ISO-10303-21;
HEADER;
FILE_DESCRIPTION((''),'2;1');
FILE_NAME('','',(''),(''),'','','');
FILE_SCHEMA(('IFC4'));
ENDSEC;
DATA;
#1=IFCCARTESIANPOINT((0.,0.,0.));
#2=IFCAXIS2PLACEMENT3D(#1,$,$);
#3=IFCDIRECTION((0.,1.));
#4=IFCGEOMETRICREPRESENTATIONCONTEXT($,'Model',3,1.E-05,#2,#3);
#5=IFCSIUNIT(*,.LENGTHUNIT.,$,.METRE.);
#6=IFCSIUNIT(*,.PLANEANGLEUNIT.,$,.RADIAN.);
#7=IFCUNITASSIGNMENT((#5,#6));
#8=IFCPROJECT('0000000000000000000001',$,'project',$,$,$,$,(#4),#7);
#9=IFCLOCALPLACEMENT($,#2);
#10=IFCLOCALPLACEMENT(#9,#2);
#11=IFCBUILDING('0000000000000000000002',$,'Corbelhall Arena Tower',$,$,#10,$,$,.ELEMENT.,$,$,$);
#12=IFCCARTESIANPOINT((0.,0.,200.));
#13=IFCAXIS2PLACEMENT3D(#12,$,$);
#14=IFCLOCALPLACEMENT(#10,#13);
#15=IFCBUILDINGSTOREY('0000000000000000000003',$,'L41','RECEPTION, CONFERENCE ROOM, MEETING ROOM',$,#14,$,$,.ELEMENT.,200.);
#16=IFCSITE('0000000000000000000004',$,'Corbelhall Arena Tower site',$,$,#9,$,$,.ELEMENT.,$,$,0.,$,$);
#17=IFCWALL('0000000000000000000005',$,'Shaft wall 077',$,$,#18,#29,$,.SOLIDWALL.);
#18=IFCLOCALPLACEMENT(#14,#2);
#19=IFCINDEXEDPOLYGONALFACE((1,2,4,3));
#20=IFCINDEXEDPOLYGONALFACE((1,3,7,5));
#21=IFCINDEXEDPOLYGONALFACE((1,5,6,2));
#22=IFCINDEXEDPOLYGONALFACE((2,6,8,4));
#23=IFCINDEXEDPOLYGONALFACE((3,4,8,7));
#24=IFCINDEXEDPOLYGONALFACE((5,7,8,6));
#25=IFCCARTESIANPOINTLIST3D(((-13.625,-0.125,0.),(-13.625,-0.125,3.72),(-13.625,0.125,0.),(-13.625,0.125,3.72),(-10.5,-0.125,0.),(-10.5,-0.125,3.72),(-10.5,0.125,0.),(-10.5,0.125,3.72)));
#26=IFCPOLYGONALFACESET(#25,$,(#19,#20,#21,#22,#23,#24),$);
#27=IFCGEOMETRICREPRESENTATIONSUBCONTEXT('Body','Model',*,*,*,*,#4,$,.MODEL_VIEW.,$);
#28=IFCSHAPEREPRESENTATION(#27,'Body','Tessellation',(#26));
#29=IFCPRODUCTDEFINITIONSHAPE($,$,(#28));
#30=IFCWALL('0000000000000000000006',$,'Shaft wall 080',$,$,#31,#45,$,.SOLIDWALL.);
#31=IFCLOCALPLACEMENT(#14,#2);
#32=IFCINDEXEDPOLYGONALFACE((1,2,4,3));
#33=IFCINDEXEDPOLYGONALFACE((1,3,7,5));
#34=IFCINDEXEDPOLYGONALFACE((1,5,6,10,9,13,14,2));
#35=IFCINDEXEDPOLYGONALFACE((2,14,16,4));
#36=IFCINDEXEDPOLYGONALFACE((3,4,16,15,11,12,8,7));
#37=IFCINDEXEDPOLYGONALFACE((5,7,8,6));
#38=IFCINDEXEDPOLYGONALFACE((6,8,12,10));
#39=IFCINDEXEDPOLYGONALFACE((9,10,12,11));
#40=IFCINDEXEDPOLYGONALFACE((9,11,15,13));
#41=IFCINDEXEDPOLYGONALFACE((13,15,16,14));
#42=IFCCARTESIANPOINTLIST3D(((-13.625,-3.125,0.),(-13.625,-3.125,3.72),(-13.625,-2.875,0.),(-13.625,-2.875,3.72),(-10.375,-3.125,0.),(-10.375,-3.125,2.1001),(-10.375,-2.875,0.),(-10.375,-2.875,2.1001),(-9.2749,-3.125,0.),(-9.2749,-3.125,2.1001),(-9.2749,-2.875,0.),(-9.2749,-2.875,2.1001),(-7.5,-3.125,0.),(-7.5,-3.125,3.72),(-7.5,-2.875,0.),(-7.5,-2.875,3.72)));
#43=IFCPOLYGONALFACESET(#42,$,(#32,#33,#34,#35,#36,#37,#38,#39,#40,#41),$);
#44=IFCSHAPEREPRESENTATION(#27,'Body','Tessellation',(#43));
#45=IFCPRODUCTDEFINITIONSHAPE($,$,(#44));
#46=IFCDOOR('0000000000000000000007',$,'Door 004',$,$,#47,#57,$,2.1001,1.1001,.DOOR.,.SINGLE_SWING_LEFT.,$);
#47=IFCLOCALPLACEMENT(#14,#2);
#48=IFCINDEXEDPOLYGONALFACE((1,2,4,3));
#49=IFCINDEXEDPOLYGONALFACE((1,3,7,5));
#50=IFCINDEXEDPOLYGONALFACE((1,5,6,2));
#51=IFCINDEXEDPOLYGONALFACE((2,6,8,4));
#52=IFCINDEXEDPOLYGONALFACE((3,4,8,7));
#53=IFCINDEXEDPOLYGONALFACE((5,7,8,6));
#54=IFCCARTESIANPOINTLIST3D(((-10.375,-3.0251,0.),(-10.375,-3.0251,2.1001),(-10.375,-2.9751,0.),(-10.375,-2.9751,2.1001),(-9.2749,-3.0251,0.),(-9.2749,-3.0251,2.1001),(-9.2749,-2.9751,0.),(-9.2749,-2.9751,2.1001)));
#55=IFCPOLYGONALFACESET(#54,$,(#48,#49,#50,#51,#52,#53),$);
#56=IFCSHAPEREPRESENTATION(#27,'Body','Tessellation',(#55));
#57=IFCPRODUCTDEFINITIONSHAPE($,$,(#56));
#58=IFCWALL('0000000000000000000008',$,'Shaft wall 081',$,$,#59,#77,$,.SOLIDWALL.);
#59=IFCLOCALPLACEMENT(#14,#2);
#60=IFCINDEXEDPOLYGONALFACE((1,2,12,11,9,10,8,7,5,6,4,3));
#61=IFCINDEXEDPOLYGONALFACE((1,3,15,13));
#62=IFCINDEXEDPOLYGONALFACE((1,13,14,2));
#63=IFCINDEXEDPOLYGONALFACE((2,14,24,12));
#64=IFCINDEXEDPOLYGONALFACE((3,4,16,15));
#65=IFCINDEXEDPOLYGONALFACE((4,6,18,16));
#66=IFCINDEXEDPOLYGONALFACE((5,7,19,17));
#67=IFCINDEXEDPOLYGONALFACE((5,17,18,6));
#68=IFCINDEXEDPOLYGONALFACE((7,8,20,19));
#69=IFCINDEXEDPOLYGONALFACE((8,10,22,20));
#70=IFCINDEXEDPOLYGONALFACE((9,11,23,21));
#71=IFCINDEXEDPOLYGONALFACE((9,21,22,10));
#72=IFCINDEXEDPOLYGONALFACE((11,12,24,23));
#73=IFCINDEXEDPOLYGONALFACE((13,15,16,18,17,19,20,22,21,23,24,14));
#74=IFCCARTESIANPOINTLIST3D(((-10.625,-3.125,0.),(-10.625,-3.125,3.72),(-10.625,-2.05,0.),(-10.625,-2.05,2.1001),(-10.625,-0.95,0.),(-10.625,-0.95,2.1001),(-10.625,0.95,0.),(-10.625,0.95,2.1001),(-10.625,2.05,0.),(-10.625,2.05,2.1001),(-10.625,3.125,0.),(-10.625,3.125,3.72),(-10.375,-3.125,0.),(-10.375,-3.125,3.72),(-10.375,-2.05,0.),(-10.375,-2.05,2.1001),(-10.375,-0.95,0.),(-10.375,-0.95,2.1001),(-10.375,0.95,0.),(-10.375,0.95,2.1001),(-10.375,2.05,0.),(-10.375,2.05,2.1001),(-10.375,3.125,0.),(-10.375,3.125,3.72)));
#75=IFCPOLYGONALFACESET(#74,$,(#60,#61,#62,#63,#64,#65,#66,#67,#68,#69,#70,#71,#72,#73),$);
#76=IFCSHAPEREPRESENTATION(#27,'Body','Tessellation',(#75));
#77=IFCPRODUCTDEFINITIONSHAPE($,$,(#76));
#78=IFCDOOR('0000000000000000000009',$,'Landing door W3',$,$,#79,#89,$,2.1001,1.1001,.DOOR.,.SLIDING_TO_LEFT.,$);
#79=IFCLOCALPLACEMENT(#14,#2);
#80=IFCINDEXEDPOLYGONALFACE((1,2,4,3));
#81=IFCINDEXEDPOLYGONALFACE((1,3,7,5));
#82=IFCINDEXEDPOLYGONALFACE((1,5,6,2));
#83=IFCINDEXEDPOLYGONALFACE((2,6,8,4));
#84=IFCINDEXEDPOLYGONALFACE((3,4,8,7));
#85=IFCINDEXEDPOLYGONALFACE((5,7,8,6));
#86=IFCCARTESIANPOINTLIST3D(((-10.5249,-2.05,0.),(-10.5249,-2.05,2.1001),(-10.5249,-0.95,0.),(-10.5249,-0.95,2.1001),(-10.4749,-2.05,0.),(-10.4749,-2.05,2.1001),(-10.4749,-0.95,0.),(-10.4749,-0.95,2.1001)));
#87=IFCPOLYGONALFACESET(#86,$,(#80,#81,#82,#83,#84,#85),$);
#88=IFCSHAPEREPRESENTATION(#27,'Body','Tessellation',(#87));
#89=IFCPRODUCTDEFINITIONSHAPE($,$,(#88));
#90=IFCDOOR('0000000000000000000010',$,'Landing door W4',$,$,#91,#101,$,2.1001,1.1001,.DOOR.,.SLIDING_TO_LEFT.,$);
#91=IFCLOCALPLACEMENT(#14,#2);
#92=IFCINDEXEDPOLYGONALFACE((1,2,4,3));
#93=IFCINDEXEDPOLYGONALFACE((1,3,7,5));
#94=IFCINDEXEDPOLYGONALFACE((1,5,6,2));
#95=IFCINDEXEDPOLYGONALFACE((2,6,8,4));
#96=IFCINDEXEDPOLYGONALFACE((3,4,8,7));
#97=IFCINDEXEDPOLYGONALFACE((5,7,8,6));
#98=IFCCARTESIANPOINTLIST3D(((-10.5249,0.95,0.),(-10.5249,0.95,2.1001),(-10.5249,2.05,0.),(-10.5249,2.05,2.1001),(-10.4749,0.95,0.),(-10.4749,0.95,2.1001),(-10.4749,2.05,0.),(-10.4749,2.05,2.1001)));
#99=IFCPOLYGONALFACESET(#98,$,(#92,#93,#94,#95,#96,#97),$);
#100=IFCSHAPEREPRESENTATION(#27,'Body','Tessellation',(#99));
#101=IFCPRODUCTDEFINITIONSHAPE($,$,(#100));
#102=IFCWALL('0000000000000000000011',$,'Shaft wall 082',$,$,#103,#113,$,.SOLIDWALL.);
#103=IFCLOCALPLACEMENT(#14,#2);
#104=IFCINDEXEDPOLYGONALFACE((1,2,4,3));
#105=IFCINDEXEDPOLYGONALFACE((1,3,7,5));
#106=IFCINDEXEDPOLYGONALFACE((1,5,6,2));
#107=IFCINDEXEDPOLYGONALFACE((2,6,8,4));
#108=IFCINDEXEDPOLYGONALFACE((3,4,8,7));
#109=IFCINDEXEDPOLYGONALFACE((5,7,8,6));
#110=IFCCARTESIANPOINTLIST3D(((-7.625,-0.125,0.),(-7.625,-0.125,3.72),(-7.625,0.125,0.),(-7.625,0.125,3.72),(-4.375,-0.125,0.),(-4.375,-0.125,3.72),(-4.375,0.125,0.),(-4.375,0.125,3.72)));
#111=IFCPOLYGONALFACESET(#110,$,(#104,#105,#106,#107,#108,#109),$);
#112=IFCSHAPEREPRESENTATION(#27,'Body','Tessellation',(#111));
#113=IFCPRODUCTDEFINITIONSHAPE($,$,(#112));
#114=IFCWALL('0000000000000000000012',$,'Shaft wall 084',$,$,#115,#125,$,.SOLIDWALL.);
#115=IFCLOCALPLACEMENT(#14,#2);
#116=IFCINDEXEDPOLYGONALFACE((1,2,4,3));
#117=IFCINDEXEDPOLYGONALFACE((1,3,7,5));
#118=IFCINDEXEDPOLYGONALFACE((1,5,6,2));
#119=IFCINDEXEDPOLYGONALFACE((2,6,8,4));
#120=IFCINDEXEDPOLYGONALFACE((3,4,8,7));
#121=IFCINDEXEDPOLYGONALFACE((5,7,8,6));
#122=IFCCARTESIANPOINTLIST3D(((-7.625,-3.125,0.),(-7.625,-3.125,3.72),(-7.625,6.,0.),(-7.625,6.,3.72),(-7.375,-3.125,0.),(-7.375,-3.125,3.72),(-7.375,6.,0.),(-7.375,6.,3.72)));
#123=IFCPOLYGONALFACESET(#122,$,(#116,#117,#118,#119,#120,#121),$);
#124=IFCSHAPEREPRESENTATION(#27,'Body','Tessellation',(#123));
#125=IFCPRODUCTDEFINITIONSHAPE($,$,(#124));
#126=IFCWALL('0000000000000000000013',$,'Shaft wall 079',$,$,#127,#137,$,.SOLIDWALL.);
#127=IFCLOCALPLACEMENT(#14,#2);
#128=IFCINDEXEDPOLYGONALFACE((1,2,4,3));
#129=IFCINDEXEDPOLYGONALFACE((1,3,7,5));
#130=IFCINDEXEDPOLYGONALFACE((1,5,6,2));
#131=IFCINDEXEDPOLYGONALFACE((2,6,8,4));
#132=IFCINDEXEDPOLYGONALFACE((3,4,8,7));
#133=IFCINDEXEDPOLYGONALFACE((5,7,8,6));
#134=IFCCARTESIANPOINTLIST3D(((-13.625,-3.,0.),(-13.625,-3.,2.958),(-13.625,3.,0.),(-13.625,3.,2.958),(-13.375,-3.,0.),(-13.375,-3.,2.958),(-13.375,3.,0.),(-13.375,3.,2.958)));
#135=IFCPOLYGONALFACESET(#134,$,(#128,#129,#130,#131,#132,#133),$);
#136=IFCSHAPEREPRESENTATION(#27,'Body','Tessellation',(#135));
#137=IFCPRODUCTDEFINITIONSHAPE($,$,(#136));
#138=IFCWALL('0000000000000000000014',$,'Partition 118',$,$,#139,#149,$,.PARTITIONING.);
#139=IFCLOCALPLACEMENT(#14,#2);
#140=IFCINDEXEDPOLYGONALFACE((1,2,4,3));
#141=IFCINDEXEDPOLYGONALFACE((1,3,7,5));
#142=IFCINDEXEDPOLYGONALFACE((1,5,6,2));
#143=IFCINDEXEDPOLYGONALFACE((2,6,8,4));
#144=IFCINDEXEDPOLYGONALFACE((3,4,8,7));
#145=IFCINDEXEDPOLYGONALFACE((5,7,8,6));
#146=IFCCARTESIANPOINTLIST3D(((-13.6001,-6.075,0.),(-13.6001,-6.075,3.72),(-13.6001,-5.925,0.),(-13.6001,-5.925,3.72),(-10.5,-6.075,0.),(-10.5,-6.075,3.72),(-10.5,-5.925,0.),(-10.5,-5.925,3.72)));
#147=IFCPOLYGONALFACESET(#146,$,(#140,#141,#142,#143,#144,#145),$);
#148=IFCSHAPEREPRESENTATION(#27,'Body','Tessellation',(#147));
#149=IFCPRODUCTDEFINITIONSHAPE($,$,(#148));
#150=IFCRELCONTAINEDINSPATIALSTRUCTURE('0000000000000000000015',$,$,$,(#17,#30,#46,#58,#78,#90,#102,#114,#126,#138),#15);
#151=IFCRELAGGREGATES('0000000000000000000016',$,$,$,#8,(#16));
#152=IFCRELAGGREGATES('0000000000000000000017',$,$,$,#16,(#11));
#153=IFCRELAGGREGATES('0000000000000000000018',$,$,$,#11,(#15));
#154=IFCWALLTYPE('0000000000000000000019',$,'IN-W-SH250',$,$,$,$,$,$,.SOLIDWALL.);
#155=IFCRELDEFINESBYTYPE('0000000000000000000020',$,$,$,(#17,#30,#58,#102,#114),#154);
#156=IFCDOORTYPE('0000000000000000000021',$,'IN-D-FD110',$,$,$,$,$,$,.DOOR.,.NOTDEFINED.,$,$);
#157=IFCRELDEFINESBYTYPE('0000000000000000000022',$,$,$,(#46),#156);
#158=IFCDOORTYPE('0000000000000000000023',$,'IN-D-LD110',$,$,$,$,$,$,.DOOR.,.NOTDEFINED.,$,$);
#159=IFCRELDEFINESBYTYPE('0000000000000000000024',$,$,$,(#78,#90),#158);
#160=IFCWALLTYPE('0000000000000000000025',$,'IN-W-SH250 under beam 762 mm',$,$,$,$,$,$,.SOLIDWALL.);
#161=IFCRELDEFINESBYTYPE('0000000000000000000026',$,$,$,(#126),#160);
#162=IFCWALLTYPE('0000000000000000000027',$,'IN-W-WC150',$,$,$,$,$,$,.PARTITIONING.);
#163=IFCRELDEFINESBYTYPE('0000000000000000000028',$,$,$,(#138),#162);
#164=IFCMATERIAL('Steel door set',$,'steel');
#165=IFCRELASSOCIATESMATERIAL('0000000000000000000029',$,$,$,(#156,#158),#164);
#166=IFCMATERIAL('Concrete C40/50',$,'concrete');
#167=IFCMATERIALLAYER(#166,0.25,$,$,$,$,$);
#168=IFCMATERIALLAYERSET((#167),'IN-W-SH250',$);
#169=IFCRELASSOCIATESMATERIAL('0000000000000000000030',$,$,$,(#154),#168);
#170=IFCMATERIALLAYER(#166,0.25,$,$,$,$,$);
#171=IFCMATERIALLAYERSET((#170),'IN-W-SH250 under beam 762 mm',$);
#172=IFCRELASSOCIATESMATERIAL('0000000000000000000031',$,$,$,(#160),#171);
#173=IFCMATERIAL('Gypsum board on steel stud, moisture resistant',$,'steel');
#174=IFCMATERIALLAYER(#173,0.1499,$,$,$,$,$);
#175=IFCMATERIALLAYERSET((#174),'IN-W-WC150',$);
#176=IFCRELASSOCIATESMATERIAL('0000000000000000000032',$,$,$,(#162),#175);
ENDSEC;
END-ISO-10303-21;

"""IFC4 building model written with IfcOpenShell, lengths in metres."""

from ifc_helpers import new_model, si_unit, direction, frame, frame_2d, origin, place, context, subcontext, project, spatial, rectangle, extrude, material, layer, layer_set, type_object, element, fill, save


model = new_model("IFC4")

# Units and contexts
model_context = context("Model", 3, precision=1e-05, world=origin(), true_north=direction((0.0, 1.0)))
body_context = subcontext(model_context, "Body", "Model", "MODEL_VIEW")
ifc_project = project(units=[si_unit("LENGTHUNIT", "METRE"), si_unit("PLANEANGLEUNIT", "RADIAN")], contexts=[model_context])

# Site, building, storey
site_placement = place(None, origin())
site = spatial("IfcSite", under=ifc_project, at=site_placement, Name="Corbelhall Arena Tower site", CompositionType="ELEMENT", RefElevation=0.0)
building_placement = place(site_placement, origin())
building = spatial("IfcBuilding", under=site, at=building_placement, Name="Corbelhall Arena Tower", CompositionType="ELEMENT")
storey_placement = place(building_placement, frame((0.0, 0.0, 200.0)))
storey = spatial("IfcBuildingStorey", under=building, at=storey_placement, Name="L41", Description="RECEPTION, CONFERENCE ROOM, MEETING ROOM", CompositionType="ELEMENT", Elevation=200.0)

# Shared definitions
ifc_material_1 = material(Name="Steel door set", Category="steel")
door_type_1 = type_object("IfcDoorType", Name="IN-D-FD110", OperationType="NOTDEFINED", PredefinedType="DOOR", material=ifc_material_1)

# Wall
ifc_material_2 = material(Name="Concrete C40/50", Category="concrete")
ifc_layer_1 = layer(ifc_material_2, 0.25)
ifc_layer_set_1 = layer_set([ifc_layer_1], Name="IN-W-SH250")
wall_type_1 = type_object("IfcWallType", Name="IN-W-SH250", PredefinedType="SOLIDWALL", material=ifc_layer_set_1)
wall_1_placement = place(storey_placement, frame((-13.625, 0.0, 0.0), z_axis=(0.0, 0.0, 1.0), x_axis=(1.0, 0.0, 0.0)))
element("IfcWall", 1, at=wall_1_placement, inside=storey, type_object=wall_type_1, Name="Shaft wall 077", PredefinedType="SOLIDWALL", context=body_context, shape_type="SweptSolid", body=[
    extrude(rectangle(XDim=3.125, YDim=0.25, at=frame_2d((1.5625, 0.0))), origin(), (0.0, 0.0, 1.0), 3.72),
])

# Wall, opening, door
wall_2_placement = place(storey_placement, frame((-13.625, -3.0, 0.0), z_axis=(0.0, 0.0, 1.0), x_axis=(1.0, 0.0, 0.0)))
wall_2 = element("IfcWall", 2, at=wall_2_placement, inside=storey, type_object=wall_type_1, Name="Shaft wall 080", PredefinedType="SOLIDWALL", context=body_context, shape_type="SweptSolid", body=[
    extrude(rectangle(XDim=6.125, YDim=0.25, at=frame_2d((3.0625, 0.0))), origin(), (0.0, 0.0, 1.0), 3.72),
])
opening_1_placement = place(wall_2_placement, frame((3.25, 0.0, 0.0)))
opening_1 = element("IfcOpeningElement", 3, at=opening_1_placement, cuts=wall_2, PredefinedType="OPENING", context=body_context, shape_type="SweptSolid", body=[
    extrude(rectangle(XDim=1.1001, YDim=2.1001, at=frame_2d((0.55, 1.05))), frame((0.0, 0.125, 0.0), z_axis=(0.0, -1.0, 0.0), x_axis=(1.0, 0.0, 0.0)), (0.0, 0.0, 1.0), 0.25),
])
door_1_placement = place(opening_1_placement, origin())
door_1 = element("IfcDoor", 4, at=door_1_placement, inside=storey, type_object=door_type_1, Name="Door 004", OperationType="SINGLE_SWING_LEFT", OverallHeight=2.1001, OverallWidth=1.1001, PredefinedType="DOOR", context=body_context, shape_type="SweptSolid", body=[
    extrude(rectangle(XDim=1.1001, YDim=2.1001, at=frame_2d((0.55, 1.05))), frame((0.0, 0.0249, 0.0), z_axis=(0.0, -1.0, 0.0), x_axis=(1.0, 0.0, 0.0)), (0.0, 0.0, 1.0), 0.05),
])
fill(opening_1, door_1)

# Wall, openings, doors
wall_3_placement = place(storey_placement, frame((-10.5, -3.125, 0.0), z_axis=(0.0, 0.0, 1.0), x_axis=(0.0, 1.0, 0.0)))
wall_3 = element("IfcWall", 5, at=wall_3_placement, inside=storey, type_object=wall_type_1, Name="Shaft wall 081", PredefinedType="SOLIDWALL", context=body_context, shape_type="SweptSolid", body=[
    extrude(rectangle(XDim=6.25, YDim=0.25, at=frame_2d((3.125, 0.0))), origin(), (0.0, 0.0, 1.0), 3.72),
])
opening_2_placement = place(wall_3_placement, frame((1.075, 0.0, 0.0)))
opening_2 = element("IfcOpeningElement", 6, at=opening_2_placement, cuts=wall_3, PredefinedType="OPENING", context=body_context, shape_type="SweptSolid", body=[
    extrude(rectangle(XDim=1.1001, YDim=2.1001, at=frame_2d((0.55, 1.05))), frame((0.0, 0.125, 0.0), z_axis=(0.0, -1.0, 0.0), x_axis=(1.0, 0.0, 0.0)), (0.0, 0.0, 1.0), 0.25),
])
opening_3_placement = place(wall_3_placement, frame((4.075, 0.0, 0.0)))
opening_3 = element("IfcOpeningElement", 7, at=opening_3_placement, cuts=wall_3, PredefinedType="OPENING", context=body_context, shape_type="SweptSolid", body=[
    extrude(rectangle(XDim=1.1001, YDim=2.1001, at=frame_2d((0.55, 1.05))), frame((0.0, 0.125, 0.0), z_axis=(0.0, -1.0, 0.0), x_axis=(1.0, 0.0, 0.0)), (0.0, 0.0, 1.0), 0.25),
])
door_type_2 = type_object("IfcDoorType", Name="IN-D-LD110", OperationType="NOTDEFINED", PredefinedType="DOOR", material=ifc_material_1)
door_2_placement = place(opening_2_placement, origin())
door_2 = element("IfcDoor", 8, at=door_2_placement, inside=storey, type_object=door_type_2, Name="Landing door W3", OperationType="SLIDING_TO_LEFT", OverallHeight=2.1001, OverallWidth=1.1001, PredefinedType="DOOR", context=body_context, shape_type="SweptSolid", body=[
    extrude(rectangle(XDim=1.1001, YDim=2.1001, at=frame_2d((0.55, 1.05))), frame((0.0, 0.0249, 0.0), z_axis=(0.0, -1.0, 0.0), x_axis=(1.0, 0.0, 0.0)), (0.0, 0.0, 1.0), 0.05),
])
fill(opening_2, door_2)
door_3_placement = place(opening_3_placement, origin())
door_3 = element("IfcDoor", 9, at=door_3_placement, inside=storey, type_object=door_type_2, Name="Landing door W4", OperationType="SLIDING_TO_LEFT", OverallHeight=2.1001, OverallWidth=1.1001, PredefinedType="DOOR", context=body_context, shape_type="SweptSolid", body=[
    extrude(rectangle(XDim=1.1001, YDim=2.1001, at=frame_2d((0.55, 1.05))), frame((0.0, 0.0249, 0.0), z_axis=(0.0, -1.0, 0.0), x_axis=(1.0, 0.0, 0.0)), (0.0, 0.0, 1.0), 0.05),
])
fill(opening_3, door_3)

# Walls
wall_4_placement = place(storey_placement, frame((-7.625, 0.0, 0.0), z_axis=(0.0, 0.0, 1.0), x_axis=(1.0, 0.0, 0.0)))
element("IfcWall", 10, at=wall_4_placement, inside=storey, type_object=wall_type_1, Name="Shaft wall 082", PredefinedType="SOLIDWALL", context=body_context, shape_type="SweptSolid", body=[
    extrude(rectangle(XDim=3.25, YDim=0.25, at=frame_2d((1.625, 0.0))), origin(), (0.0, 0.0, 1.0), 3.72),
])
wall_5_placement = place(storey_placement, frame((-7.5, -3.125, 0.0), z_axis=(0.0, 0.0, 1.0), x_axis=(0.0, 1.0, 0.0)))
element("IfcWall", 11, at=wall_5_placement, inside=storey, type_object=wall_type_1, Name="Shaft wall 084", PredefinedType="SOLIDWALL", context=body_context, shape_type="SweptSolid", body=[
    extrude(rectangle(XDim=9.125, YDim=0.25, at=frame_2d((4.5625, 0.0))), origin(), (0.0, 0.0, 1.0), 3.72),
])
ifc_layer_2 = layer(ifc_material_2, 0.25)
ifc_layer_set_2 = layer_set([ifc_layer_2], Name="IN-W-SH250 under beam 762 mm")
wall_type_2 = type_object("IfcWallType", Name="IN-W-SH250 under beam 762 mm", PredefinedType="SOLIDWALL", material=ifc_layer_set_2)
wall_6_placement = place(storey_placement, frame((-13.5, -3.0, 0.0), z_axis=(0.0, 0.0, 1.0), x_axis=(0.0, 1.0, 0.0)))
element("IfcWall", 12, at=wall_6_placement, inside=storey, type_object=wall_type_2, Name="Shaft wall 079", PredefinedType="SOLIDWALL", context=body_context, shape_type="SweptSolid", body=[
    extrude(rectangle(XDim=6.0, YDim=0.25, at=frame_2d((3.0, 0.0))), origin(), (0.0, 0.0, 1.0), 2.958),
])
ifc_material_3 = material(Name="Gypsum board on steel stud, moisture resistant", Category="steel")
ifc_layer_3 = layer(ifc_material_3, 0.1499)
ifc_layer_set_3 = layer_set([ifc_layer_3], Name="IN-W-WC150")
wall_type_3 = type_object("IfcWallType", Name="IN-W-WC150", PredefinedType="PARTITIONING", material=ifc_layer_set_3)
wall_7_placement = place(storey_placement, frame((-13.6001, -6.0, 0.0), z_axis=(0.0, 0.0, 1.0), x_axis=(1.0, 0.0, 0.0)))
element("IfcWall", 13, at=wall_7_placement, inside=storey, type_object=wall_type_3, Name="Partition 118", PredefinedType="PARTITIONING", context=body_context, shape_type="SweptSolid", body=[
    extrude(rectangle(XDim=3.1001, YDim=0.1499, at=frame_2d((1.55, 0.0))), origin(), (0.0, 0.0, 1.0), 3.72),
])

save(model, "model.ifc")
